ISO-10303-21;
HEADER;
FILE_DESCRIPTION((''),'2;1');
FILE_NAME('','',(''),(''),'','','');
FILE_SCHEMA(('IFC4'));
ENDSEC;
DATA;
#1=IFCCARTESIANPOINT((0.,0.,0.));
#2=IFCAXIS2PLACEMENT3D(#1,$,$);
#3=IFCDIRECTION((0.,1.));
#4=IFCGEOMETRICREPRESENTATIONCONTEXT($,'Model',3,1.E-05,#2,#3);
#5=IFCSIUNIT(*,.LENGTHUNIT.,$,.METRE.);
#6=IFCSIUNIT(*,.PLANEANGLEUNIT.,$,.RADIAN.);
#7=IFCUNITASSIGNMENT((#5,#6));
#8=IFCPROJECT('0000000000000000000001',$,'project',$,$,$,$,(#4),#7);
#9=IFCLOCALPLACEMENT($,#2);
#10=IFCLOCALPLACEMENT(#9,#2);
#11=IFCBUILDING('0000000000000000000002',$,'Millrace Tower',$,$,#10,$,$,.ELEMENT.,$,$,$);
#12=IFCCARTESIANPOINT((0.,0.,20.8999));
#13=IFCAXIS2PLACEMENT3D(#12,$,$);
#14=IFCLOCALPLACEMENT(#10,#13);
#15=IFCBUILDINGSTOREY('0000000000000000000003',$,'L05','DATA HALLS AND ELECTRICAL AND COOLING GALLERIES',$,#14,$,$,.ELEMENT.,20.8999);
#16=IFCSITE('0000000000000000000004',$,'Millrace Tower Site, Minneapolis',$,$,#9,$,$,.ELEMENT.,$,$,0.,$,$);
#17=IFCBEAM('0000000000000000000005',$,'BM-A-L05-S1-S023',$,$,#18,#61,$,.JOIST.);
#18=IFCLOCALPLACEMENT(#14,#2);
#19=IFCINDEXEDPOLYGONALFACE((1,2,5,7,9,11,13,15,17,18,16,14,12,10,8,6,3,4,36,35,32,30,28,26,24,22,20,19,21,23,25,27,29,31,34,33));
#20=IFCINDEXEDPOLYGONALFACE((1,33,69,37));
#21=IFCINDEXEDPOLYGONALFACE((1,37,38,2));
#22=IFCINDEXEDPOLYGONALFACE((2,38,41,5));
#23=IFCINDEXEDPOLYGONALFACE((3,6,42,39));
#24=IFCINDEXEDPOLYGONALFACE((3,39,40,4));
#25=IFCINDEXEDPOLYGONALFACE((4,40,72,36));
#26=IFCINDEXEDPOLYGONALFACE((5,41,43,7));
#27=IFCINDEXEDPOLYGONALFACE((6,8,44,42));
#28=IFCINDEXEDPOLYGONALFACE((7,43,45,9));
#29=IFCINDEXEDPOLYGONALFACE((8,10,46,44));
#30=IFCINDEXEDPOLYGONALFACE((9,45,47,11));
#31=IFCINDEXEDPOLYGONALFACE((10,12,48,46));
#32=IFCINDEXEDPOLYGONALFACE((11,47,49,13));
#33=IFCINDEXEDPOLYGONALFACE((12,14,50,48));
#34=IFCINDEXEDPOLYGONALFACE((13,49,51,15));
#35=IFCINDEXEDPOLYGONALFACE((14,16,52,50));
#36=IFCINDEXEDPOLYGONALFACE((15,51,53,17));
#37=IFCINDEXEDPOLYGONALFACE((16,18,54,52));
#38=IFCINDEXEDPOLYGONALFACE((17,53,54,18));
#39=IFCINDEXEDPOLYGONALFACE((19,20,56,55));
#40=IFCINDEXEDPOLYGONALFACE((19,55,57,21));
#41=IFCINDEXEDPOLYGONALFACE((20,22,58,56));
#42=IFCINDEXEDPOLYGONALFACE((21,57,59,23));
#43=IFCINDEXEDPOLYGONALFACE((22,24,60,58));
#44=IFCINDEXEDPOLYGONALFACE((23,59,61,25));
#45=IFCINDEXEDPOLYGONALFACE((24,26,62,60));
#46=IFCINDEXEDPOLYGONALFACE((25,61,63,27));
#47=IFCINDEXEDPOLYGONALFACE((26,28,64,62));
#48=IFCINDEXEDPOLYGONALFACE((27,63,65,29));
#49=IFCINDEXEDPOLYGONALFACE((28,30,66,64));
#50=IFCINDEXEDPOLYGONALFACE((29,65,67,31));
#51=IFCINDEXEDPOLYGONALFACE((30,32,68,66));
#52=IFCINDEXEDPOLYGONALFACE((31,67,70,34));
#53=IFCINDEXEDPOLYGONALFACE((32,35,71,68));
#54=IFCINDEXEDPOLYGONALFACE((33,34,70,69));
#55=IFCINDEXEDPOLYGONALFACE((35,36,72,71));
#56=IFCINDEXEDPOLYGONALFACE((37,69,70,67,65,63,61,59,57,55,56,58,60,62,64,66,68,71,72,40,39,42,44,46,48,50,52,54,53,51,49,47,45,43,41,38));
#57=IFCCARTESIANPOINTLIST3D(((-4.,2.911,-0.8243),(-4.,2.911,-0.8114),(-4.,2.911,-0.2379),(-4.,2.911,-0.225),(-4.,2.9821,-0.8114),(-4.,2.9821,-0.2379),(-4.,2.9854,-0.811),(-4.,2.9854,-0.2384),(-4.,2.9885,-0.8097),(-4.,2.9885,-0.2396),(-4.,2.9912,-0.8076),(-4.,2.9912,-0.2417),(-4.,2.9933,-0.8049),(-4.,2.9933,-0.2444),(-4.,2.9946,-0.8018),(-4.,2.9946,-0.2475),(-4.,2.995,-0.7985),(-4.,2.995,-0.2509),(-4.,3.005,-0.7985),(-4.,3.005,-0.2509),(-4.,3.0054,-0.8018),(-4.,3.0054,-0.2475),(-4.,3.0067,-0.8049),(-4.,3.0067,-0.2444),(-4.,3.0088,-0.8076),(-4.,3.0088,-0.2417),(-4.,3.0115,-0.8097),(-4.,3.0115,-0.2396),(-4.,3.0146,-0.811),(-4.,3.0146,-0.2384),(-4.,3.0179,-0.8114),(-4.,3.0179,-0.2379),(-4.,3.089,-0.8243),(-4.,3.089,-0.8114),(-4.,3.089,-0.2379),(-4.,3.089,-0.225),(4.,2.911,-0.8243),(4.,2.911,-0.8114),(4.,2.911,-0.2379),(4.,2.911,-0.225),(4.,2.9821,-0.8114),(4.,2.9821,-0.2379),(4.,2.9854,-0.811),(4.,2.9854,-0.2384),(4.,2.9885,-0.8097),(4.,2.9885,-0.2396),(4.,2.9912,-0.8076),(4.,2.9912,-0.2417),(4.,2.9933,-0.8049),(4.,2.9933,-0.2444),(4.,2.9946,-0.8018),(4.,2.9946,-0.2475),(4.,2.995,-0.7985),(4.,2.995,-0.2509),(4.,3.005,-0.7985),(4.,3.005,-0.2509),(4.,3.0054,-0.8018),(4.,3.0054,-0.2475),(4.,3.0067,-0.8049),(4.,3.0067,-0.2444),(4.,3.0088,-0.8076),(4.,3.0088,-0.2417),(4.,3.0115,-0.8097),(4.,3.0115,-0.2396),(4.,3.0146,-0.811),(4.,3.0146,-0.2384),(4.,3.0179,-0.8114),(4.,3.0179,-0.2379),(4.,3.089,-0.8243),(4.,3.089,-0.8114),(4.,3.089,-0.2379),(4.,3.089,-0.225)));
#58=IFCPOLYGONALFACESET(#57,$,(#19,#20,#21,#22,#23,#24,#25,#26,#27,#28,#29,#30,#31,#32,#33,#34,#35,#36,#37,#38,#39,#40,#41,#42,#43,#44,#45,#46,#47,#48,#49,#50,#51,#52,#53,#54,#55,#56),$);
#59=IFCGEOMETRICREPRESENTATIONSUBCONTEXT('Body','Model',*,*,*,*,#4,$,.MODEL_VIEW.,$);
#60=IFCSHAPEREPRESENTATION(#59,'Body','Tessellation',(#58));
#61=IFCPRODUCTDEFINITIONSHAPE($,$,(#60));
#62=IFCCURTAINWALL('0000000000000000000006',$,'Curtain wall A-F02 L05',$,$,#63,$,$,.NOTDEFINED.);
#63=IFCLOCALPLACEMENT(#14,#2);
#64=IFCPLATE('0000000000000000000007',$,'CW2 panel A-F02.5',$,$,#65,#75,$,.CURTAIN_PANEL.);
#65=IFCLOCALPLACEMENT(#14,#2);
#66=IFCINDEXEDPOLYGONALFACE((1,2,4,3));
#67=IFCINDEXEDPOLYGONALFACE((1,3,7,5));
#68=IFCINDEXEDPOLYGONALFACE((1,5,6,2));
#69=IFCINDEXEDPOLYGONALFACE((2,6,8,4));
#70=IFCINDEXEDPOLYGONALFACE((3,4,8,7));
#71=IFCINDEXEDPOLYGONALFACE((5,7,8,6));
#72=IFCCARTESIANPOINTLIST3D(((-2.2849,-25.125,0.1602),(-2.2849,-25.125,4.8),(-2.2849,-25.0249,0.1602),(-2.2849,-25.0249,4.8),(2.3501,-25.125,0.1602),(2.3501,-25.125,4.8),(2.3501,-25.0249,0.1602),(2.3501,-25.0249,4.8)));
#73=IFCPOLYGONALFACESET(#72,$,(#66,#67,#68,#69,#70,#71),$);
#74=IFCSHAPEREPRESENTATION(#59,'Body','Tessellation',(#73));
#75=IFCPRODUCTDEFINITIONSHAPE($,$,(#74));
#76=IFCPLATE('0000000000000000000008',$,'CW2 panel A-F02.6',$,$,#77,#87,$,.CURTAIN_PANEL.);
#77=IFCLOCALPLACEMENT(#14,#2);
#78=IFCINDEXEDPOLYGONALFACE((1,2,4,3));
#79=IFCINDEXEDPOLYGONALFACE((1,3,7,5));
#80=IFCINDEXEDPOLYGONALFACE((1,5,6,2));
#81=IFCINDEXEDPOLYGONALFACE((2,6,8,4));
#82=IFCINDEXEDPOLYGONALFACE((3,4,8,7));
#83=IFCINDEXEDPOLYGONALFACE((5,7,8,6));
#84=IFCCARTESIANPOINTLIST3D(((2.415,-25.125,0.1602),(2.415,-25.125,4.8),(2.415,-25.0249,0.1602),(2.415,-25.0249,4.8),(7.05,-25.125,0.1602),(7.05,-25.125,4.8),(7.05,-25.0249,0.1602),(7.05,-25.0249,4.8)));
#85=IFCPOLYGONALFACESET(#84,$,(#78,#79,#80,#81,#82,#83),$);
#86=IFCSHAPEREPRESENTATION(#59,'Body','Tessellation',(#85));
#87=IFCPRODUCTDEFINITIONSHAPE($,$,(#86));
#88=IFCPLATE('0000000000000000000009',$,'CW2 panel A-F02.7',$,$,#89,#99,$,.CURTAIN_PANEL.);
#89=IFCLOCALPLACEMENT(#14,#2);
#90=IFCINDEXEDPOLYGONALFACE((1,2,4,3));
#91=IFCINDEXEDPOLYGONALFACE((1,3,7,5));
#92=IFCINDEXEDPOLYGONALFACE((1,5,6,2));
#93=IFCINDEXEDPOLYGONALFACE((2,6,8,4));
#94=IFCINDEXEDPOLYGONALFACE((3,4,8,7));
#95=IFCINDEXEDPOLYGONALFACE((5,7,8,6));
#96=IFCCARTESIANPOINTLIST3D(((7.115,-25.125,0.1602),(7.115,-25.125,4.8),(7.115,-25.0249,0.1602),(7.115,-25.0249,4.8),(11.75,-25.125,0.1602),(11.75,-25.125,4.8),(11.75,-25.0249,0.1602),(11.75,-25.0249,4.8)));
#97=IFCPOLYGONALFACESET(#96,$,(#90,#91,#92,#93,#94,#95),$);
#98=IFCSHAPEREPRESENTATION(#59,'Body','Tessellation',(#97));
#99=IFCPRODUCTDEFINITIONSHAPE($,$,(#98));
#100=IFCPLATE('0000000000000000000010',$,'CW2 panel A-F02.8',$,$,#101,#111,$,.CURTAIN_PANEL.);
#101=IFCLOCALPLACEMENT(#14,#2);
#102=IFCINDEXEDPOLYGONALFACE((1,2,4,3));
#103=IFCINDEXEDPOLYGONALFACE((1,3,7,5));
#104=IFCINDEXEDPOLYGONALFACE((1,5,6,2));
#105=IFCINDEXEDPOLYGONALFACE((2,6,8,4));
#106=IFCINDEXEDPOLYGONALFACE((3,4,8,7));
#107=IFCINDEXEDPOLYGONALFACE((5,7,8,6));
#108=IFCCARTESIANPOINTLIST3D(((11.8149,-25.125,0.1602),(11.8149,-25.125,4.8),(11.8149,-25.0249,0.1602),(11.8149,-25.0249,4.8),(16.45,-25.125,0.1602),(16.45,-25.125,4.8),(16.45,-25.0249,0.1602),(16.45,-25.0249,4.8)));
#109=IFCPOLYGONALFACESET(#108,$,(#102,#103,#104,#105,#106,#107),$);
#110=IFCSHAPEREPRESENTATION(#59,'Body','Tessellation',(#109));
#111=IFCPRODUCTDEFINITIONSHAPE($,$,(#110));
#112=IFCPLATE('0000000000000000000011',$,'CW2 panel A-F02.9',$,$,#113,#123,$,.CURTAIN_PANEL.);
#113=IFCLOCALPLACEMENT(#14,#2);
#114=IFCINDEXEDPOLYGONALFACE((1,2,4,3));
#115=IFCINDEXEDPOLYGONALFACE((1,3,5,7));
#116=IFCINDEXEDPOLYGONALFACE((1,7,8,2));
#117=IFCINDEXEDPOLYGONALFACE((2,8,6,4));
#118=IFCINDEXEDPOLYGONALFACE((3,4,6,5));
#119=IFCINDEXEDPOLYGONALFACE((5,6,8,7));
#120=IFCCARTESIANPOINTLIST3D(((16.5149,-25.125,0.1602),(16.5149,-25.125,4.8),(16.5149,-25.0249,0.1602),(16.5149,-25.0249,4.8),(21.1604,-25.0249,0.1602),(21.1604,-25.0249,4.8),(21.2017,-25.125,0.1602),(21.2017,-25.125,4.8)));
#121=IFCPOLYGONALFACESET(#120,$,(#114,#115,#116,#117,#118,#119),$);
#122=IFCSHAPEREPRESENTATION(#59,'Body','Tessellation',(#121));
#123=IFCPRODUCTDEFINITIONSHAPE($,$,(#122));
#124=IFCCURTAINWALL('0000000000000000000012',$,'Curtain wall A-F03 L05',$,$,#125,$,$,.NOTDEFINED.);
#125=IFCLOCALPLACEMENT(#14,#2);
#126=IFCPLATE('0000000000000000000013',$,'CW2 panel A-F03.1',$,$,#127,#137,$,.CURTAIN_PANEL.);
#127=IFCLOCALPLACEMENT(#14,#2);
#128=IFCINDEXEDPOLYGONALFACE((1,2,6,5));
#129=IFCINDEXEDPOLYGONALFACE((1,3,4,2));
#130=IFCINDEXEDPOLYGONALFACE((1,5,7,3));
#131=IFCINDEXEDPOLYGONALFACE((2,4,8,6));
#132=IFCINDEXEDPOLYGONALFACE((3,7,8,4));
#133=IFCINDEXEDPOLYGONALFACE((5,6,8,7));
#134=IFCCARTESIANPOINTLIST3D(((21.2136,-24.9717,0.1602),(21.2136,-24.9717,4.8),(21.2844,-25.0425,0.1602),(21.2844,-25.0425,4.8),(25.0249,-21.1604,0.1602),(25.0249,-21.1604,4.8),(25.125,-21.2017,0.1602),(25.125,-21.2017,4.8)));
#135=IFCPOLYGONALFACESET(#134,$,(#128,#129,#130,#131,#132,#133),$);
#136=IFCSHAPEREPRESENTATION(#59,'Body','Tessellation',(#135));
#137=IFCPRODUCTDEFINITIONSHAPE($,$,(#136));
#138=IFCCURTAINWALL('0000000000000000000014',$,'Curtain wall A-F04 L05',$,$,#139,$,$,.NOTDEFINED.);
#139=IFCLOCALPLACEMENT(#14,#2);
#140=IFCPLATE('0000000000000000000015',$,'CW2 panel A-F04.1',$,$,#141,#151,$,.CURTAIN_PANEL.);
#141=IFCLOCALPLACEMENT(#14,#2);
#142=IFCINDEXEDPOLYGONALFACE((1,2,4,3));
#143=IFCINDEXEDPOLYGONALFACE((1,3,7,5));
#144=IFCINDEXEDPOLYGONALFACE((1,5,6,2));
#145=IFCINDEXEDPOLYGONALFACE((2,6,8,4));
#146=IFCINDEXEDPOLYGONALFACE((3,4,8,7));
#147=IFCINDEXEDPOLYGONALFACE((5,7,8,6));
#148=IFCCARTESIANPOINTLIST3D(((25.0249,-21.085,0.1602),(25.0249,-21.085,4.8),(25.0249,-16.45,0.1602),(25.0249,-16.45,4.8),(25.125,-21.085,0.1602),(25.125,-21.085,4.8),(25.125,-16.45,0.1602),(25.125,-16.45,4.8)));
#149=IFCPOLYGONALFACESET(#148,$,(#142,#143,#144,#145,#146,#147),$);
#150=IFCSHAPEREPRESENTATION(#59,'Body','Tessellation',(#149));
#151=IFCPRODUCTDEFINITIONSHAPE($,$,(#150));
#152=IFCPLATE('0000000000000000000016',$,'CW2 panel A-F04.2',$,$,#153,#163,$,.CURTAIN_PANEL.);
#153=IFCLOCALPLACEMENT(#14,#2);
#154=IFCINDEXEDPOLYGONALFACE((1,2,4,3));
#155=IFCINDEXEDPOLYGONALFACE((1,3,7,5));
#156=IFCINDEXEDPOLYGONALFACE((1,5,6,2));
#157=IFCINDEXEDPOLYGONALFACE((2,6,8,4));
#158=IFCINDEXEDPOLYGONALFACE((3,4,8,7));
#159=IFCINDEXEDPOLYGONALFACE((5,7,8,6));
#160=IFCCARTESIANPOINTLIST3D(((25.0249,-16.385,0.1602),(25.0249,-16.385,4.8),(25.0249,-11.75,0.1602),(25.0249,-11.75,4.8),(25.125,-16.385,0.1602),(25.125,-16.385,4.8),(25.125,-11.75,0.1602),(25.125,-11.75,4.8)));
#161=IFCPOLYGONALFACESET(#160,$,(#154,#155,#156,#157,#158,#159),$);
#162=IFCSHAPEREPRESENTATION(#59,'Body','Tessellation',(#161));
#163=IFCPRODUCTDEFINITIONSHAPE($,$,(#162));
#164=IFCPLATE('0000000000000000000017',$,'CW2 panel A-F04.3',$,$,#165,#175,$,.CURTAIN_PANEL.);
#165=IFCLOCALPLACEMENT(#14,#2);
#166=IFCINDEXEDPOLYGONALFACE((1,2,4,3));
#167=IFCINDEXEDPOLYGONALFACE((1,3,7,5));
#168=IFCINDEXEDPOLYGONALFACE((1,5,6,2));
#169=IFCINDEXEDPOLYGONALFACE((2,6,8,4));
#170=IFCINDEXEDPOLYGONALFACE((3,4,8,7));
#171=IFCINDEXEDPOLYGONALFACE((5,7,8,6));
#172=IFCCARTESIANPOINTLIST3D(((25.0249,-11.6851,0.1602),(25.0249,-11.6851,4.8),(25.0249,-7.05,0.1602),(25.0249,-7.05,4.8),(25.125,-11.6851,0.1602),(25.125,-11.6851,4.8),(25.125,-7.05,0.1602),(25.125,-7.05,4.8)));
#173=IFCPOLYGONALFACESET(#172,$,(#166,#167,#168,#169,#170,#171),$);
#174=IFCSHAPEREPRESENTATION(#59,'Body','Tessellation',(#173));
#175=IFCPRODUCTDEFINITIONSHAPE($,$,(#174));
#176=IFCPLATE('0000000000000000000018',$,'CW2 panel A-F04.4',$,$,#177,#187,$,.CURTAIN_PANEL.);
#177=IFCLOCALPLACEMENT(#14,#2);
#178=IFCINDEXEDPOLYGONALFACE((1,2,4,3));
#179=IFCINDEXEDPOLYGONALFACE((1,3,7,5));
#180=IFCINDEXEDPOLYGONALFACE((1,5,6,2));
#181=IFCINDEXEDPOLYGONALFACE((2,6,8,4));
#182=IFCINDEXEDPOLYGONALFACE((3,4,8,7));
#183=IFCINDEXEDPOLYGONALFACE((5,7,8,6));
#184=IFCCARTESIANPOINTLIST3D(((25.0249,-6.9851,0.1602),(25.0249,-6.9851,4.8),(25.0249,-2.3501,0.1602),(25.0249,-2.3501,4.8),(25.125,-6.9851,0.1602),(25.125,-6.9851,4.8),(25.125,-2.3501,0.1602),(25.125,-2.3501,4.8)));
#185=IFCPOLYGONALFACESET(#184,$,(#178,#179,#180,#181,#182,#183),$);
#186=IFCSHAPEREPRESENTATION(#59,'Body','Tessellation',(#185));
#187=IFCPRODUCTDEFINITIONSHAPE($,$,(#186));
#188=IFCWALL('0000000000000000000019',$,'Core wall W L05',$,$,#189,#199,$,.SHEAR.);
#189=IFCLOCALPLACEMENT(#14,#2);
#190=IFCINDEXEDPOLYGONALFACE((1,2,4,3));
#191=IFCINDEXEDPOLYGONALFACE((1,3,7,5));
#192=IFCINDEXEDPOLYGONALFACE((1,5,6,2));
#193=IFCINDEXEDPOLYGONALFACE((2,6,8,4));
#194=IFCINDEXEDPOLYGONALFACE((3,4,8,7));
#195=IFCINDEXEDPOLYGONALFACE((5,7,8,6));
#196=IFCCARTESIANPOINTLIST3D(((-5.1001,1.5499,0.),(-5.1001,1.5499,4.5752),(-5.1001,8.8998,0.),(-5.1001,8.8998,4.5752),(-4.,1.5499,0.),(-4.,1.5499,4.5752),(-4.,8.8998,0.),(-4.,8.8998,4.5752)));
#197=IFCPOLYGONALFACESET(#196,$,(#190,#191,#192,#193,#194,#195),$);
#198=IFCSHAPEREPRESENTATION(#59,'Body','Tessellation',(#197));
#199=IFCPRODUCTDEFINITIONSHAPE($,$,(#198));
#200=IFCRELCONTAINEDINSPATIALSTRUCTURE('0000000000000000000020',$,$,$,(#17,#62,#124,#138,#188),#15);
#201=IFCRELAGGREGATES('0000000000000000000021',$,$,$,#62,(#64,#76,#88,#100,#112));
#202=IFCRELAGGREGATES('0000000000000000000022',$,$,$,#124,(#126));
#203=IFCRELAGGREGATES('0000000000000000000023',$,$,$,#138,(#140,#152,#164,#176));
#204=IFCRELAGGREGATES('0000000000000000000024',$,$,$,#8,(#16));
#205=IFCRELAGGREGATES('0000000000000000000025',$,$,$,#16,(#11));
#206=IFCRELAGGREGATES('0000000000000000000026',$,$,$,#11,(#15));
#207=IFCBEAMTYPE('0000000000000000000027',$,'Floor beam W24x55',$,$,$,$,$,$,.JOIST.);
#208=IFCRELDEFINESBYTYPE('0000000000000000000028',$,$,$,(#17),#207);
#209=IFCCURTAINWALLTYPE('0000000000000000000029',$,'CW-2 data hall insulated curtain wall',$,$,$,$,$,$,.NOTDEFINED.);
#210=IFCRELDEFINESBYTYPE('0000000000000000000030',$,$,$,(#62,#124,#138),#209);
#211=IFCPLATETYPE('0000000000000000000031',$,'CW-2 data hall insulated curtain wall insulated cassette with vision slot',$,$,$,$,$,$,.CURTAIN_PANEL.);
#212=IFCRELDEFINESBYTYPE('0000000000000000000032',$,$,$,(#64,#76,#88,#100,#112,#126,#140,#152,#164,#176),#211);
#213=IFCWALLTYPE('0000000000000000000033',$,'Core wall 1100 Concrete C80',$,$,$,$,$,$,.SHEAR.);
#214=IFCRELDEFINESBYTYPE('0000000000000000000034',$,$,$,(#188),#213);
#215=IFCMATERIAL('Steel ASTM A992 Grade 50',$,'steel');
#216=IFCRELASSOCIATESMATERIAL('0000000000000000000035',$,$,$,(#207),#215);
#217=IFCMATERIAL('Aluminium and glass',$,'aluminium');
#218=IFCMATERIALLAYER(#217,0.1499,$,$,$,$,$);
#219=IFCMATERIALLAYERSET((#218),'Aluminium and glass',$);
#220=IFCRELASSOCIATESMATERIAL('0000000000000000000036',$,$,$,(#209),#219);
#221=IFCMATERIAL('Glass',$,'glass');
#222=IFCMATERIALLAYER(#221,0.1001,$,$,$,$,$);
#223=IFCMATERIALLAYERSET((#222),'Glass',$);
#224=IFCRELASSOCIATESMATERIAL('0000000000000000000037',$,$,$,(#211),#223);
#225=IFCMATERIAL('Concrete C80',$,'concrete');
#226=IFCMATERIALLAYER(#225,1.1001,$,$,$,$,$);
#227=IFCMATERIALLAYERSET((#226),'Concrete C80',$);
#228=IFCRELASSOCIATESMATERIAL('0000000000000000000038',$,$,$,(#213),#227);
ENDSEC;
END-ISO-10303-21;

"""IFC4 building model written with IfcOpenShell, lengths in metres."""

from ifc_helpers import new_model, si_unit, direction, frame, frame_2d, origin, origin_2d, place, context, subcontext, project, spatial, polyline, rectangle, i_section, outline, extrude, material, layer, layer_set, material_profile, profile_set, type_object, element, aggregate, save


model = new_model("IFC4")

# Units and contexts
model_context = context("Model", 3, precision=1e-05, world=origin(), true_north=direction((0.0, 1.0)))
body_context = subcontext(model_context, "Body", "Model", "MODEL_VIEW")
ifc_project = project(units=[si_unit("LENGTHUNIT", "METRE"), si_unit("PLANEANGLEUNIT", "RADIAN")], contexts=[model_context])

# Site, building, storey
site_placement = place(None, origin())
site = spatial("IfcSite", under=ifc_project, at=site_placement, Name="Millrace Tower Site, Minneapolis", CompositionType="ELEMENT", RefElevation=0.0)
building_placement = place(site_placement, origin())
building = spatial("IfcBuilding", under=site, at=building_placement, Name="Millrace Tower", CompositionType="ELEMENT")
storey_placement = place(building_placement, frame((0.0, 0.0, 20.8999)))
storey = spatial("IfcBuildingStorey", under=building, at=storey_placement, Name="L05", Description="DATA HALLS AND ELECTRICAL AND COOLING GALLERIES", CompositionType="ELEMENT", Elevation=20.8999)

# Beam
ifc_material_1 = material(Name="Steel ASTM A992 Grade 50", Category="steel")
ifc_material_profile = material_profile(ifc_material_1, i_section(OverallWidth=0.178, OverallDepth=0.5994, WebThickness=0.01, FlangeThickness=0.0129, FilletRadius=0.0129, at=origin_2d()))
ifc_profile_set = profile_set([ifc_material_profile], Name="Steel ASTM A992 Grade 50")
beam_type = type_object("IfcBeamType", Name="Floor beam W24x55", PredefinedType="JOIST", material=ifc_profile_set)
beam_placement = place(storey_placement, frame((-4.0, 3.0, -0.5247), z_axis=(1.0, 0.0, 0.0), x_axis=(0.0, 1.0, 0.0)))
element("IfcBeam", 1, at=beam_placement, inside=storey, type_object=beam_type, Name="BM-A-L05-S1-S023", PredefinedType="JOIST", context=body_context, shape_type="SweptSolid", body=[
    extrude(i_section(OverallWidth=0.178, OverallDepth=0.5994, WebThickness=0.01, FlangeThickness=0.0129, FilletRadius=0.0129, at=origin_2d()), origin(), (0.0, 0.0, 1.0), 8.0),
])

# Curtain wall, plates
ifc_material_2 = material(Name="Aluminium and glass", Category="aluminium")
ifc_layer_1 = layer(ifc_material_2, 0.1499)
ifc_layer_set_1 = layer_set([ifc_layer_1], Name="Aluminium and glass")
curtain_wall_type = type_object("IfcCurtainWallType", Name="CW-2 data hall insulated curtain wall", PredefinedType="NOTDEFINED", material=ifc_layer_set_1)
placement_1 = place(storey_placement, origin())
curtain_wall_1 = element("IfcCurtainWall", 2, at=placement_1, inside=storey, type_object=curtain_wall_type, Name="Curtain wall A-F02 L05", PredefinedType="NOTDEFINED")
ifc_material_3 = material(Name="Glass", Category="glass")
ifc_layer_2 = layer(ifc_material_3, 0.1001)
ifc_layer_set_2 = layer_set([ifc_layer_2], Name="Glass")
plate_type = type_object("IfcPlateType", Name="CW-2 data hall insulated curtain wall insulated cassette with vision slot", PredefinedType="CURTAIN_PANEL", material=ifc_layer_set_2)
placement_2 = place(storey_placement, frame((0.0, 0.0, 0.1602)))
plate_1 = element("IfcPlate", 3, at=placement_2, type_object=plate_type, Name="CW2 panel A-F02.5", PredefinedType="CURTAIN_PANEL", context=body_context, shape_type="SweptSolid", body=[
    extrude(outline(polyline([(-2.2849, -25.125), (2.3501, -25.125), (2.3501, -25.0249), (-2.2849, -25.0249), (-2.2849, -25.125)])), origin(), (0.0, 0.0, 1.0), 4.6399),
])
plate_2 = element("IfcPlate", 4, at=placement_2, type_object=plate_type, Name="CW2 panel A-F02.6", PredefinedType="CURTAIN_PANEL", context=body_context, shape_type="SweptSolid", body=[
    extrude(outline(polyline([(2.415, -25.125), (7.05, -25.125), (7.05, -25.0249), (2.415, -25.0249), (2.415, -25.125)])), origin(), (0.0, 0.0, 1.0), 4.6399),
])
plate_3 = element("IfcPlate", 5, at=placement_2, type_object=plate_type, Name="CW2 panel A-F02.7", PredefinedType="CURTAIN_PANEL", context=body_context, shape_type="SweptSolid", body=[
    extrude(outline(polyline([(7.115, -25.125), (11.75, -25.125), (11.75, -25.0249), (7.115, -25.0249), (7.115, -25.125)])), origin(), (0.0, 0.0, 1.0), 4.6399),
])
plate_4 = element("IfcPlate", 6, at=placement_2, type_object=plate_type, Name="CW2 panel A-F02.8", PredefinedType="CURTAIN_PANEL", context=body_context, shape_type="SweptSolid", body=[
    extrude(outline(polyline([(11.8149, -25.125), (16.45, -25.125), (16.45, -25.0249), (11.8149, -25.0249), (11.8149, -25.125)])), origin(), (0.0, 0.0, 1.0), 4.6399),
])
plate_5 = element("IfcPlate", 7, at=placement_2, type_object=plate_type, Name="CW2 panel A-F02.9", PredefinedType="CURTAIN_PANEL", context=body_context, shape_type="SweptSolid", body=[
    extrude(outline(polyline([(16.5149, -25.125), (21.2017, -25.125), (21.1604, -25.0249), (16.5149, -25.0249), (16.5149, -25.125)])), origin(), (0.0, 0.0, 1.0), 4.6399),
])
aggregate(curtain_wall_1, [plate_1, plate_2, plate_3, plate_4, plate_5])

# Curtain wall, plate
curtain_wall_2 = element("IfcCurtainWall", 8, at=placement_1, inside=storey, type_object=curtain_wall_type, Name="Curtain wall A-F03 L05", PredefinedType="NOTDEFINED")
plate_6 = element("IfcPlate", 9, at=placement_2, type_object=plate_type, Name="CW2 panel A-F03.1", PredefinedType="CURTAIN_PANEL", context=body_context, shape_type="SweptSolid", body=[
    extrude(outline(polyline([(21.2844, -25.0425), (25.125, -21.2017), (25.0249, -21.1604), (21.2136, -24.9717), (21.2844, -25.0425)])), origin(), (0.0, 0.0, 1.0), 4.6399),
])
aggregate(curtain_wall_2, [plate_6])

# Curtain wall, plates
curtain_wall_3 = element("IfcCurtainWall", 10, at=placement_1, inside=storey, type_object=curtain_wall_type, Name="Curtain wall A-F04 L05", PredefinedType="NOTDEFINED")
plate_7 = element("IfcPlate", 11, at=placement_2, type_object=plate_type, Name="CW2 panel A-F04.1", PredefinedType="CURTAIN_PANEL", context=body_context, shape_type="SweptSolid", body=[
    extrude(outline(polyline([(25.125, -21.085), (25.125, -16.45), (25.0249, -16.45), (25.0249, -21.085), (25.125, -21.085)])), origin(), (0.0, 0.0, 1.0), 4.6399),
])
plate_8 = element("IfcPlate", 12, at=placement_2, type_object=plate_type, Name="CW2 panel A-F04.2", PredefinedType="CURTAIN_PANEL", context=body_context, shape_type="SweptSolid", body=[
    extrude(outline(polyline([(25.125, -16.385), (25.125, -11.75), (25.0249, -11.75), (25.0249, -16.385), (25.125, -16.385)])), origin(), (0.0, 0.0, 1.0), 4.6399),
])
plate_9 = element("IfcPlate", 13, at=placement_2, type_object=plate_type, Name="CW2 panel A-F04.3", PredefinedType="CURTAIN_PANEL", context=body_context, shape_type="SweptSolid", body=[
    extrude(outline(polyline([(25.125, -11.6851), (25.125, -7.05), (25.0249, -7.05), (25.0249, -11.6851), (25.125, -11.6851)])), origin(), (0.0, 0.0, 1.0), 4.6399),
])
plate_10 = element("IfcPlate", 14, at=placement_2, type_object=plate_type, Name="CW2 panel A-F04.4", PredefinedType="CURTAIN_PANEL", context=body_context, shape_type="SweptSolid", body=[
    extrude(outline(polyline([(25.125, -6.9851), (25.125, -2.3501), (25.0249, -2.3501), (25.0249, -6.9851), (25.125, -6.9851)])), origin(), (0.0, 0.0, 1.0), 4.6399),
])
aggregate(curtain_wall_3, [plate_7, plate_8, plate_9, plate_10])

# Wall
ifc_material_4 = material(Name="Concrete C80", Category="concrete")
ifc_layer_3 = layer(ifc_material_4, 1.1001)
ifc_layer_set_3 = layer_set([ifc_layer_3], Name="Concrete C80")
wall_type_1 = type_object("IfcWallType", Name="Core wall 1100 Concrete C80", PredefinedType="SHEAR", material=ifc_layer_set_3)
wall_1_placement = place(storey_placement, frame((-4.55, 1.55, 0.0), z_axis=(0.0, 0.0, 1.0), x_axis=(0.0, 1.0, 0.0)))
element("IfcWall", 15, at=wall_1_placement, inside=storey, type_object=wall_type_1, Name="Core wall W L05", PredefinedType="SHEAR", context=body_context, shape_type="SweptSolid", body=[
    extrude(rectangle(XDim=7.3499, YDim=1.1001, at=frame_2d((3.6748, 0.0))), origin(), (0.0, 0.0, 1.0), 4.5752),
])

save(model, "model.ifc")
